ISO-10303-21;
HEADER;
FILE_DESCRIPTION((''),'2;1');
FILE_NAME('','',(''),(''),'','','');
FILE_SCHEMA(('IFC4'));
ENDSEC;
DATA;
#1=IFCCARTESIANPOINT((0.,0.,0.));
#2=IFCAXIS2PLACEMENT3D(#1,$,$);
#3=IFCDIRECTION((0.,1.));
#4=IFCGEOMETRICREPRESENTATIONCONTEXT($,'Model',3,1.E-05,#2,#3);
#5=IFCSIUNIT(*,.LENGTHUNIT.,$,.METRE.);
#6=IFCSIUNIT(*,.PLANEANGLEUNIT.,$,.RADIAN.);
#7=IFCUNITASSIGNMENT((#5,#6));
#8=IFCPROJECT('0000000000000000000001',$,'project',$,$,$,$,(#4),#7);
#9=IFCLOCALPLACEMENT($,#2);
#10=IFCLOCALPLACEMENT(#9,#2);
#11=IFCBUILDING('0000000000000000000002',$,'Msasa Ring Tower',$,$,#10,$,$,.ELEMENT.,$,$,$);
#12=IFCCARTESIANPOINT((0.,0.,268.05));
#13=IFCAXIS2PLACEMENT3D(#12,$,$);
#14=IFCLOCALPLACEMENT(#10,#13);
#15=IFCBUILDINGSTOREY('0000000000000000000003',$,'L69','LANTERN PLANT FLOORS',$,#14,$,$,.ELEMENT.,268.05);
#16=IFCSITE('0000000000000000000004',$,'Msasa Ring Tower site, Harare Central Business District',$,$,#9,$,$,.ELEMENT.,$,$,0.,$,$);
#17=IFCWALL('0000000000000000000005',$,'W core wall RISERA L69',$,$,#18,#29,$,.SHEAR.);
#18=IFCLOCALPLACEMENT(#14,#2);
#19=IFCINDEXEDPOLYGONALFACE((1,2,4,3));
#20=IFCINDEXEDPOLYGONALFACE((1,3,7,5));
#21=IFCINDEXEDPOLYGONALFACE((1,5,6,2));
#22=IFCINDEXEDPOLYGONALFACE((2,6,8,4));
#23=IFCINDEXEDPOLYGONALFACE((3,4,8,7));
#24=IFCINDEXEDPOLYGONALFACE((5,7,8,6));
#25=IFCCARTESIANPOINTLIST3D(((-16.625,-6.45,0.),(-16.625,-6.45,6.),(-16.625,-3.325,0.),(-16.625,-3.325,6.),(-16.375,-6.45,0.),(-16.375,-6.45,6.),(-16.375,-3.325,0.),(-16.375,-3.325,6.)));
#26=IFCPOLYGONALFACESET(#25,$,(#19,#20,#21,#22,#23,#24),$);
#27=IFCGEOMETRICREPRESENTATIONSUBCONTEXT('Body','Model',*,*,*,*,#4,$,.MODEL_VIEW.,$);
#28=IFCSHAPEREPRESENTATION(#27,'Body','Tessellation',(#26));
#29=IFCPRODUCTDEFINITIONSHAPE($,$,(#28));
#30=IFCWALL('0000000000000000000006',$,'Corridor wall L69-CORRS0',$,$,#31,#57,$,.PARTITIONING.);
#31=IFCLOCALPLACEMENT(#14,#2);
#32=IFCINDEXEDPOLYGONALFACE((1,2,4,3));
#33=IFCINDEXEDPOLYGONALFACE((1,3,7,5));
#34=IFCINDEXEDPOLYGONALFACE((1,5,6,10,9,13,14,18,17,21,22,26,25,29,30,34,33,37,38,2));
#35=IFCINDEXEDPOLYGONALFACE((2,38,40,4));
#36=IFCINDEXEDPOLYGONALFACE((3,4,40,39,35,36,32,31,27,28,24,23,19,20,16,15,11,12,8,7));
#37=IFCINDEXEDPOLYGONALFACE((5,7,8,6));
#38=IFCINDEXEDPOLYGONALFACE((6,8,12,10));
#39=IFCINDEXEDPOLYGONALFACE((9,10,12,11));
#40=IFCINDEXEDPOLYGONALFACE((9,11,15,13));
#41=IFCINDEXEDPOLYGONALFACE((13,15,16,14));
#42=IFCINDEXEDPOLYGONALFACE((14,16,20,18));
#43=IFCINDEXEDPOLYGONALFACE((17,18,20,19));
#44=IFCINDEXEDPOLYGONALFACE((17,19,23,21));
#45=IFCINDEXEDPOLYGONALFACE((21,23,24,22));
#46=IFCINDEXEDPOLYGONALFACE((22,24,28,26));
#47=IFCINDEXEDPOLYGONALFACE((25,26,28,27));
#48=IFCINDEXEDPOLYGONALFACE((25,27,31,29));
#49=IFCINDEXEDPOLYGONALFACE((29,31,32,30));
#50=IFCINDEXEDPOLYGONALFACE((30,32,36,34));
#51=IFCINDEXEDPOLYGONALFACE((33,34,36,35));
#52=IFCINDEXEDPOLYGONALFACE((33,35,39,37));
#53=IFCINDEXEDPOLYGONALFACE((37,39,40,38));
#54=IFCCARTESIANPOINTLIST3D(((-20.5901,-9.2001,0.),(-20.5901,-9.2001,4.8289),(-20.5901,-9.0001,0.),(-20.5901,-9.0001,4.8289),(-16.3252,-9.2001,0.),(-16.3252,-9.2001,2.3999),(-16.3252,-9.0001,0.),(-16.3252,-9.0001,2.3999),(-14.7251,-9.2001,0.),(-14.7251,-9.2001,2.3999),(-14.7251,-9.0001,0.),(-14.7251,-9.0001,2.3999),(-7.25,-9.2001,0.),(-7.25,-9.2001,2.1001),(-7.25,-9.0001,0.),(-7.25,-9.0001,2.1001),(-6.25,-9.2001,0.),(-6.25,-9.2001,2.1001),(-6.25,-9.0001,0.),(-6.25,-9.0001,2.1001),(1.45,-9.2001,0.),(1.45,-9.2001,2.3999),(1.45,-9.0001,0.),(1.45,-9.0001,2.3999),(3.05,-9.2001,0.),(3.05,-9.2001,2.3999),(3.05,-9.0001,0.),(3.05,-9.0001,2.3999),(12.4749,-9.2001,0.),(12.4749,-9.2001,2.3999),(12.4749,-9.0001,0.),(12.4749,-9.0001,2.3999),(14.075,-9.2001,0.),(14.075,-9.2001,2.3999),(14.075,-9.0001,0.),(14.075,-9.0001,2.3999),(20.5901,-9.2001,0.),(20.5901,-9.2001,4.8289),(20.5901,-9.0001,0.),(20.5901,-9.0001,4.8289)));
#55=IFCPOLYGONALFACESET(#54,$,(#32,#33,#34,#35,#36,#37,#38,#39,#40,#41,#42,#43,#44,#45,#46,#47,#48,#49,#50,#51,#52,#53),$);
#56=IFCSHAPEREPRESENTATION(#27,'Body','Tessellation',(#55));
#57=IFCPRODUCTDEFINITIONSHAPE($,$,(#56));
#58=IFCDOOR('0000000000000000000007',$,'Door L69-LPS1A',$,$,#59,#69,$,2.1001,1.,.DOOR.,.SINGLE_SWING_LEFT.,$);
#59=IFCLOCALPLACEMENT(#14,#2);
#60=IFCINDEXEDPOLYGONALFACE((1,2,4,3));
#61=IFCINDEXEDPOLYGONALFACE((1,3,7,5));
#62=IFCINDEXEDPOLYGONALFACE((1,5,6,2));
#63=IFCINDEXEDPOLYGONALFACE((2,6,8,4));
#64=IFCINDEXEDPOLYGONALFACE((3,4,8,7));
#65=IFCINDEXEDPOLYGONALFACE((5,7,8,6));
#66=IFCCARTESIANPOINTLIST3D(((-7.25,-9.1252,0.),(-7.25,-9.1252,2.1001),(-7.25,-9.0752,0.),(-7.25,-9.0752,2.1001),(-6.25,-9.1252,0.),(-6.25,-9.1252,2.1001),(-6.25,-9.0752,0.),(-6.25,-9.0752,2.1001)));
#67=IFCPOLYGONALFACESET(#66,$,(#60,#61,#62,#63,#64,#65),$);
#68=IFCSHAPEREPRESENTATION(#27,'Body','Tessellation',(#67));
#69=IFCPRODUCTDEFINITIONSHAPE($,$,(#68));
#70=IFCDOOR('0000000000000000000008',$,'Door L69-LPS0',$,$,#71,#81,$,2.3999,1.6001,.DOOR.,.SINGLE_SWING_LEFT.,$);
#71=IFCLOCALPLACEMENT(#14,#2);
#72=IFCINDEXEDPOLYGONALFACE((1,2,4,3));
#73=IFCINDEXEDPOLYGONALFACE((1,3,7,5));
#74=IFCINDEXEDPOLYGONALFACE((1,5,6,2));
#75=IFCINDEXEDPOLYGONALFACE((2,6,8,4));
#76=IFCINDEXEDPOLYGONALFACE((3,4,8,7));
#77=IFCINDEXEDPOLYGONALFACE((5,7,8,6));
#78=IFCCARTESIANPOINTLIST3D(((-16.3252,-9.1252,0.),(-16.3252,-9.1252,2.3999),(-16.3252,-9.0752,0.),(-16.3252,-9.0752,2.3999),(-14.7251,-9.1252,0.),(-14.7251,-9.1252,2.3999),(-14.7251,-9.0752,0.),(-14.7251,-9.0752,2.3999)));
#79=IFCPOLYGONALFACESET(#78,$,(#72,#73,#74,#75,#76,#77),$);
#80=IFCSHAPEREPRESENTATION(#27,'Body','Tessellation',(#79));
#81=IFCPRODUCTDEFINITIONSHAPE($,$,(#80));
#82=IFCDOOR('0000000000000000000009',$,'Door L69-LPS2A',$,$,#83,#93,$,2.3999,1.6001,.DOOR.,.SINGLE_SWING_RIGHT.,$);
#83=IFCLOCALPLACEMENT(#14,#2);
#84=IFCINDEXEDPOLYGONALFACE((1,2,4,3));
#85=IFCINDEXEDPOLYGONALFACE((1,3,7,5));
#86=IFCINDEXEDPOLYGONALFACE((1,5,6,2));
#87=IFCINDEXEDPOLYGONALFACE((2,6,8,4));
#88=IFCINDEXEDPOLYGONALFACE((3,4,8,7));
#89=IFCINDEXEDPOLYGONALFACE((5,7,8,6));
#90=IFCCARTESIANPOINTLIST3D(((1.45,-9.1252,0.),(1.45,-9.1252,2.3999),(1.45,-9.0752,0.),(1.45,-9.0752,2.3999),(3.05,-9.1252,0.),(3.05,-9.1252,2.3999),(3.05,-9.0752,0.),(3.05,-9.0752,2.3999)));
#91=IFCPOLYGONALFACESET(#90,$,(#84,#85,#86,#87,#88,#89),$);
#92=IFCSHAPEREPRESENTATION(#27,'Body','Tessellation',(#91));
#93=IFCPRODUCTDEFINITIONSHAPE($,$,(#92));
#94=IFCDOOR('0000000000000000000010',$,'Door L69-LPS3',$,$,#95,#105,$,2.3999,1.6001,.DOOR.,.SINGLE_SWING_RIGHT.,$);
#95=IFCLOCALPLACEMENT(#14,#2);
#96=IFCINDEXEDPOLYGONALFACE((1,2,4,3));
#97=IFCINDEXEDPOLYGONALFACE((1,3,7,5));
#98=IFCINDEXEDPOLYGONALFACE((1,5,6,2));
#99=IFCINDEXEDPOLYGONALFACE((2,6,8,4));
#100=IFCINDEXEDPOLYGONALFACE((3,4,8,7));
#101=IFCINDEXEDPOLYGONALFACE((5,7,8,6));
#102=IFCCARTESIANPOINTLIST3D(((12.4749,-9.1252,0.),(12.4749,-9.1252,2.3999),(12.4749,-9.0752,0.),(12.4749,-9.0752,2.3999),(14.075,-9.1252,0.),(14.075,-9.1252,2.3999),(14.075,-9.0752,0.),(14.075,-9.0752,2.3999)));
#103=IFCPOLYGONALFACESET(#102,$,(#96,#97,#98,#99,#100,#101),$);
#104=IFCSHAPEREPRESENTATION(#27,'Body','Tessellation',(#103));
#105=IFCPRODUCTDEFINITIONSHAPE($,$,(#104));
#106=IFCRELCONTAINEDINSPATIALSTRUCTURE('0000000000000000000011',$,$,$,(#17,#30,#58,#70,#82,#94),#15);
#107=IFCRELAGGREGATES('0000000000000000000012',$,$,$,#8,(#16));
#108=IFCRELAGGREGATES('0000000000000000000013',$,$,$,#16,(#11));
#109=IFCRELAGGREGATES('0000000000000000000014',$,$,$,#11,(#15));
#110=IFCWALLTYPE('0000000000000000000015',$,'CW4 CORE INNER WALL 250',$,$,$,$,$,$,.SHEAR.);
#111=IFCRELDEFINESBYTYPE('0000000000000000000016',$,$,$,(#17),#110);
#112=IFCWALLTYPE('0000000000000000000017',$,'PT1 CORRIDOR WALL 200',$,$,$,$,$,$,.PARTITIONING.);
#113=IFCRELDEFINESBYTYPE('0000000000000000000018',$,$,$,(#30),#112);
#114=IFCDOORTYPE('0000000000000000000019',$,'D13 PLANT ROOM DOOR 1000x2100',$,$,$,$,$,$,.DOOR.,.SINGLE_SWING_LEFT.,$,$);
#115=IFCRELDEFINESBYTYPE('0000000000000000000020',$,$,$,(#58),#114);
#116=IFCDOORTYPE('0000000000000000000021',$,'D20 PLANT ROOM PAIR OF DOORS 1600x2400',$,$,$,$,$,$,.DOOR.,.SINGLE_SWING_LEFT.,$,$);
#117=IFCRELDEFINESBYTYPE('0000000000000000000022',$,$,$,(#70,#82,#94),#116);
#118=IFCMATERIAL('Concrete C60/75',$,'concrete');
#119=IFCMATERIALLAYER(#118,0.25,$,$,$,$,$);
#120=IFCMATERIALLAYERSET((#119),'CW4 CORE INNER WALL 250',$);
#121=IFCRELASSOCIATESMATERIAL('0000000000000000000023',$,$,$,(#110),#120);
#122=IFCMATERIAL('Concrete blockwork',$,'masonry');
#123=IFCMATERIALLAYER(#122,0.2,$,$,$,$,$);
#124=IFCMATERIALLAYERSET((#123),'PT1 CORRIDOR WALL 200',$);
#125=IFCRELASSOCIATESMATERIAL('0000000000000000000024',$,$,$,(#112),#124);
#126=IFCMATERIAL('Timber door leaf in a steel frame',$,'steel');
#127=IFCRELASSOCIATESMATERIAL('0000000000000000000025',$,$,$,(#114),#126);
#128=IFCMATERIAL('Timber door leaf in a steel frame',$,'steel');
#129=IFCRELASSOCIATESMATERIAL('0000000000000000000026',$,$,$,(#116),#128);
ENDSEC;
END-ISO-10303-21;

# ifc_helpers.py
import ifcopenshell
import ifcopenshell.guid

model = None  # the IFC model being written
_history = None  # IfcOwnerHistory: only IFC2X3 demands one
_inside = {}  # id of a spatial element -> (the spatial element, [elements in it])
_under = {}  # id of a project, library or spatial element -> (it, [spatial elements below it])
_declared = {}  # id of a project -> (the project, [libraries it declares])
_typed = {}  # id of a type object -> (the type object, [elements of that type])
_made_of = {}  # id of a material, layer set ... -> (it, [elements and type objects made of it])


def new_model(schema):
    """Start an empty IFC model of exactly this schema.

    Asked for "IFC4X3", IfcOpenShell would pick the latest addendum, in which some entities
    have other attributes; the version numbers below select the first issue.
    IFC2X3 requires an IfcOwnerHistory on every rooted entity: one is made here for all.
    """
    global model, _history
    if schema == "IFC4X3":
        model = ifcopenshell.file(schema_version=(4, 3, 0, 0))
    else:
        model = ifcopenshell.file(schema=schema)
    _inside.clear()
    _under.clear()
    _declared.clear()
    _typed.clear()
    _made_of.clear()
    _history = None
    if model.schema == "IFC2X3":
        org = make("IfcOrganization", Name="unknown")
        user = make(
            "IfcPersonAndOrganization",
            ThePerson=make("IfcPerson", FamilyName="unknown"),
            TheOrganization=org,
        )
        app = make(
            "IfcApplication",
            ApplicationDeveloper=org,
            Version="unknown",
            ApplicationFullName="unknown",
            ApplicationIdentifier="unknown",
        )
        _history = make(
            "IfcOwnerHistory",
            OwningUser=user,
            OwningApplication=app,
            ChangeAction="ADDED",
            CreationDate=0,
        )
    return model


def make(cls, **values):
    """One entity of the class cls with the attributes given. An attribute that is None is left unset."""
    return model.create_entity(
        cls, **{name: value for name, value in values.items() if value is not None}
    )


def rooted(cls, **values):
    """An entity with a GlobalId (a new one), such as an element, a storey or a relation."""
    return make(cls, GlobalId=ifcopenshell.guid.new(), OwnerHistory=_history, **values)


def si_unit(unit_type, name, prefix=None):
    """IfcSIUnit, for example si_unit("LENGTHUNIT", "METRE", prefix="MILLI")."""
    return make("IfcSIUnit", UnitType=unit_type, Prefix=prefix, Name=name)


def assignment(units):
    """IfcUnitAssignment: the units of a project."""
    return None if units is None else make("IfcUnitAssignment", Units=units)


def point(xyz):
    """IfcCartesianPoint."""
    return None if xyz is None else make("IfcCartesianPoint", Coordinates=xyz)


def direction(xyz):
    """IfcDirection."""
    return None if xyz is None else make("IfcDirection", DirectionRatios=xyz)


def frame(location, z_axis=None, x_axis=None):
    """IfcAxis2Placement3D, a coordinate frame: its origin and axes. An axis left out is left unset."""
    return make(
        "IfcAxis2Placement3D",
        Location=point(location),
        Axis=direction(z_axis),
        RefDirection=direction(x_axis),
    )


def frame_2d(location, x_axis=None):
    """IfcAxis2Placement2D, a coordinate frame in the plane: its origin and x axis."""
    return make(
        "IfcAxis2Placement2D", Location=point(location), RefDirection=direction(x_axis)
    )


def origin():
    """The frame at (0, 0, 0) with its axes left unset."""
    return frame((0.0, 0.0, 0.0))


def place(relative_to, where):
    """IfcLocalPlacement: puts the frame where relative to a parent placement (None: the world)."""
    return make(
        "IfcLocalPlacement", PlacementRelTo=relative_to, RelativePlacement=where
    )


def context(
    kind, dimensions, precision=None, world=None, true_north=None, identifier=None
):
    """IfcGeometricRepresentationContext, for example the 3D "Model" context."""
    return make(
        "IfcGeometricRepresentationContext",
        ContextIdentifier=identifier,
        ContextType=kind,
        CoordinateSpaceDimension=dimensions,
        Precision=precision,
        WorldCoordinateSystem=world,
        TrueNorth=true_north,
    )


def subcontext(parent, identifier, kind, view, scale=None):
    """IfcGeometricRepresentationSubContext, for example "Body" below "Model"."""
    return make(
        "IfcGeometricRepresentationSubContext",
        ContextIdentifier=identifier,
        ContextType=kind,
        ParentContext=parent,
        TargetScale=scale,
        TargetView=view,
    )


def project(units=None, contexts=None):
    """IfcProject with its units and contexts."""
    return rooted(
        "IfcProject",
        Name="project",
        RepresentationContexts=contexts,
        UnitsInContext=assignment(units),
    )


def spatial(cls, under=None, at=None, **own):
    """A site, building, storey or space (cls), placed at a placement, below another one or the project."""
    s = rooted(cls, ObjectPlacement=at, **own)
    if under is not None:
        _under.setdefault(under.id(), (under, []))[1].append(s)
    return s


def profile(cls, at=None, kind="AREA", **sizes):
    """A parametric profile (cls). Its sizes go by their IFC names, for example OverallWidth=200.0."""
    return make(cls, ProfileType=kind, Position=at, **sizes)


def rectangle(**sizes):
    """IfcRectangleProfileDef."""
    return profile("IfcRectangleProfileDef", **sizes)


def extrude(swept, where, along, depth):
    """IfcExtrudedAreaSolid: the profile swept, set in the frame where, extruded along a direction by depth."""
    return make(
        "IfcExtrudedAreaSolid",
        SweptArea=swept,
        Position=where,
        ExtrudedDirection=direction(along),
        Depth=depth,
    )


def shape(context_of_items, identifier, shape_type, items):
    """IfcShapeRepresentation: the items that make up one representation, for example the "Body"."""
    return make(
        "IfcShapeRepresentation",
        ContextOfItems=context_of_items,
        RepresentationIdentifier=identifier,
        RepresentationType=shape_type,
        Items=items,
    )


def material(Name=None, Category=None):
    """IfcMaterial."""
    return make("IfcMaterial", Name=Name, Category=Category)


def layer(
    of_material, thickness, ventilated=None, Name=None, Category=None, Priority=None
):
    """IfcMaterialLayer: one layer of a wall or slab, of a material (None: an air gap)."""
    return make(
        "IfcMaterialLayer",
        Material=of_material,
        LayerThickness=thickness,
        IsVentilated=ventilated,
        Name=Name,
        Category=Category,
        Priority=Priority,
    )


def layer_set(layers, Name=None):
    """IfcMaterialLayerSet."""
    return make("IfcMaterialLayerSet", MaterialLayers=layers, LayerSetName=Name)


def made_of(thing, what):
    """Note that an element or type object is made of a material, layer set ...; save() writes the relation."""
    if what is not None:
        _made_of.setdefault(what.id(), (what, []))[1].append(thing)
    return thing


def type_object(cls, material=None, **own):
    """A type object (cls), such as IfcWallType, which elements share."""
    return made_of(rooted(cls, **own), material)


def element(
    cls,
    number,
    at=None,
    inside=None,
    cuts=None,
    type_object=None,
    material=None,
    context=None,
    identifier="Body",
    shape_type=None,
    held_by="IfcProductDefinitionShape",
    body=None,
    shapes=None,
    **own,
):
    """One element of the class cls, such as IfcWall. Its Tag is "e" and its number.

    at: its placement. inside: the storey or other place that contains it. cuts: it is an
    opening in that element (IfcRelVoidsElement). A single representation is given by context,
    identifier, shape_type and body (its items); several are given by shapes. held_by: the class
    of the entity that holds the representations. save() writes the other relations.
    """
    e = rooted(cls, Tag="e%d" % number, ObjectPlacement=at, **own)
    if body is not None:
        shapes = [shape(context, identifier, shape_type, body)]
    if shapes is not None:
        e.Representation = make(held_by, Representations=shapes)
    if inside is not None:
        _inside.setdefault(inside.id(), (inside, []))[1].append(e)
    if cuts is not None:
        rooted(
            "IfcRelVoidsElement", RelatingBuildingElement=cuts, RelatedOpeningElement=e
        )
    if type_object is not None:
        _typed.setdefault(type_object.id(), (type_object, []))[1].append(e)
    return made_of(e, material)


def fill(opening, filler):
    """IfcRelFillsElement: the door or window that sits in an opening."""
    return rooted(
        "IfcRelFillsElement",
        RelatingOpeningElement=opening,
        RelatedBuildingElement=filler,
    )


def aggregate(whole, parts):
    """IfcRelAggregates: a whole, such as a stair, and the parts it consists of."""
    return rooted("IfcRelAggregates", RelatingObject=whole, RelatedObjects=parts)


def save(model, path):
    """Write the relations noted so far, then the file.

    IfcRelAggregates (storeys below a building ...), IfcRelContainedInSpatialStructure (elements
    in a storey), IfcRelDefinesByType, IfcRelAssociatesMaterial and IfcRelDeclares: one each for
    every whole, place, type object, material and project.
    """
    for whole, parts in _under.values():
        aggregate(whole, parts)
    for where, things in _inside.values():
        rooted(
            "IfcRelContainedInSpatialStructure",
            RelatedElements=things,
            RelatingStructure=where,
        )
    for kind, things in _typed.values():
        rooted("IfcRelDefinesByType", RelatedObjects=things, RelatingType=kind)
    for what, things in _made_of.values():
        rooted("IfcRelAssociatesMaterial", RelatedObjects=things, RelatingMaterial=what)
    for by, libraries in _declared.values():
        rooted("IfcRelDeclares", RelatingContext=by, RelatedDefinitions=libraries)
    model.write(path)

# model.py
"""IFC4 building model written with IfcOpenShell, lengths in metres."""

from ifc_helpers import new_model, si_unit, direction, frame, frame_2d, origin, place, context, subcontext, project, spatial, rectangle, extrude, material, layer, layer_set, type_object, element, fill, save


model = new_model("IFC4")

# Units and contexts
model_context = context("Model", 3, precision=1e-05, world=origin(), true_north=direction((0.0, 1.0)))
body_context = subcontext(model_context, "Body", "Model", "MODEL_VIEW")
ifc_project = project(units=[si_unit("LENGTHUNIT", "METRE"), si_unit("PLANEANGLEUNIT", "RADIAN")], contexts=[model_context])

# Site, building, storey
site_placement = place(None, origin())
site = spatial("IfcSite", under=ifc_project, at=site_placement, Name="Msasa Ring Tower site, Harare Central Business District", CompositionType="ELEMENT", RefElevation=0.0)
building_placement = place(site_placement, origin())
building = spatial("IfcBuilding", under=site, at=building_placement, Name="Msasa Ring Tower", CompositionType="ELEMENT")
storey_placement = place(building_placement, frame((0.0, 0.0, 268.05)))
storey = spatial("IfcBuildingStorey", under=building, at=storey_placement, Name="L69", Description="LANTERN PLANT FLOORS", CompositionType="ELEMENT", Elevation=268.05)

# Wall
ifc_material_1 = material(Name="Concrete C60/75", Category="concrete")
ifc_layer_1 = layer(ifc_material_1, 0.25)
ifc_layer_set_1 = layer_set([ifc_layer_1], Name="CW4 CORE INNER WALL 250")
wall_type_1 = type_object("IfcWallType", Name="CW4 CORE INNER WALL 250", PredefinedType="SHEAR", material=ifc_layer_set_1)
wall_1_placement = place(storey_placement, frame((-16.5, -6.45, 0.0), z_axis=(0.0, 0.0, 1.0), x_axis=(0.0, 1.0, 0.0)))
element("IfcWall", 1, at=wall_1_placement, inside=storey, type_object=wall_type_1, Name="W core wall RISERA L69", PredefinedType="SHEAR", context=body_context, shape_type="SweptSolid", body=[
    extrude(rectangle(XDim=3.125, YDim=0.25, at=frame_2d((1.5625, 0.0))), origin(), (0.0, 0.0, 1.0), 6.0),
])

# Wall, openings, doors
ifc_material_2 = material(Name="Concrete blockwork", Category="masonry")
ifc_layer_2 = layer(ifc_material_2, 0.2)
ifc_layer_set_2 = layer_set([ifc_layer_2], Name="PT1 CORRIDOR WALL 200")
wall_type_2 = type_object("IfcWallType", Name="PT1 CORRIDOR WALL 200", PredefinedType="PARTITIONING", material=ifc_layer_set_2)
wall_2_placement = place(storey_placement, frame((-20.5901, -9.1001, 0.0), z_axis=(0.0, 0.0, 1.0), x_axis=(1.0, 0.0, 0.0)))
wall_2 = element("IfcWall", 2, at=wall_2_placement, inside=storey, type_object=wall_type_2, Name="Corridor wall L69-CORRS0", PredefinedType="PARTITIONING", context=body_context, shape_type="SweptSolid", body=[
    extrude(rectangle(XDim=41.1802, YDim=0.2, at=frame_2d((20.5901, 0.0))), origin(), (0.0, 0.0, 1.0), 4.8289),
])
opening_1_placement = place(wall_2_placement, frame((4.2649, 0.0, 0.0)))
opening_1 = element("IfcOpeningElement", 3, at=opening_1_placement, cuts=wall_2, PredefinedType="OPENING", context=body_context, shape_type="SweptSolid", body=[
    extrude(rectangle(XDim=1.6001, YDim=2.3999, at=frame_2d((0.8, 1.2))), frame((0.0, 0.1099, 0.0), z_axis=(0.0, -1.0, 0.0), x_axis=(1.0, 0.0, 0.0)), (0.0, 0.0, 1.0), 0.22),
])
opening_2_placement = place(wall_2_placement, frame((13.3401, 0.0, 0.0)))
opening_2 = element("IfcOpeningElement", 4, at=opening_2_placement, cuts=wall_2, PredefinedType="OPENING", context=body_context, shape_type="SweptSolid", body=[
    extrude(rectangle(XDim=1.0, YDim=2.1001, at=frame_2d((0.5, 1.05))), frame((0.0, 0.1099, 0.0), z_axis=(0.0, -1.0, 0.0), x_axis=(1.0, 0.0, 0.0)), (0.0, 0.0, 1.0), 0.22),
])
opening_3_placement = place(wall_2_placement, frame((22.04, 0.0, 0.0)))
opening_3 = element("IfcOpeningElement", 5, at=opening_3_placement, cuts=wall_2, PredefinedType="OPENING", context=body_context, shape_type="SweptSolid", body=[
    extrude(rectangle(XDim=1.6001, YDim=2.3999, at=frame_2d((0.8, 1.2))), frame((0.0, 0.1099, 0.0), z_axis=(0.0, -1.0, 0.0), x_axis=(1.0, 0.0, 0.0)), (0.0, 0.0, 1.0), 0.22),
])
opening_4_placement = place(wall_2_placement, frame((33.0649, 0.0, 0.0)))
opening_4 = element("IfcOpeningElement", 6, at=opening_4_placement, cuts=wall_2, PredefinedType="OPENING", context=body_context, shape_type="SweptSolid", body=[
    extrude(rectangle(XDim=1.6001, YDim=2.3999, at=frame_2d((0.8, 1.2))), frame((0.0, 0.1099, 0.0), z_axis=(0.0, -1.0, 0.0), x_axis=(1.0, 0.0, 0.0)), (0.0, 0.0, 1.0), 0.22),
])
ifc_material_3 = material(Name="Timber door leaf in a steel frame", Category="steel")
door_type_1 = type_object("IfcDoorType", Name="D13 PLANT ROOM DOOR 1000x2100", OperationType="SINGLE_SWING_LEFT", PredefinedType="DOOR", material=ifc_material_3)
door_1_placement = place(opening_2_placement, origin())
door_1 = element("IfcDoor", 7, at=door_1_placement, inside=storey, type_object=door_type_1, Name="Door L69-LPS1A", OperationType="SINGLE_SWING_LEFT", OverallHeight=2.1001, OverallWidth=1.0, PredefinedType="DOOR", context=body_context, shape_type="SweptSolid", body=[
    extrude(rectangle(XDim=1.0, YDim=2.1001, at=frame_2d((0.5, 1.05))), frame((0.0, 0.0249, 0.0), z_axis=(0.0, -1.0, 0.0), x_axis=(1.0, 0.0, 0.0)), (0.0, 0.0, 1.0), 0.05),
])
fill(opening_2, door_1)
ifc_material_4 = material(Name="Timber door leaf in a steel frame", Category="steel")
door_type_2 = type_object("IfcDoorType", Name="D20 PLANT ROOM PAIR OF DOORS 1600x2400", OperationType="SINGLE_SWING_LEFT", PredefinedType="DOOR", material=ifc_material_4)
door_2_placement = place(opening_1_placement, origin())
door_2 = element("IfcDoor", 8, at=door_2_placement, inside=storey, type_object=door_type_2, Name="Door L69-LPS0", OperationType="SINGLE_SWING_LEFT", OverallHeight=2.3999, OverallWidth=1.6001, PredefinedType="DOOR", context=body_context, shape_type="SweptSolid", body=[
    extrude(rectangle(XDim=1.6001, YDim=2.3999, at=frame_2d((0.8, 1.2))), frame((0.0, 0.0249, 0.0), z_axis=(0.0, -1.0, 0.0), x_axis=(1.0, 0.0, 0.0)), (0.0, 0.0, 1.0), 0.05),
])
fill(opening_1, door_2)
door_3_placement = place(opening_3_placement, origin())
door_3 = element("IfcDoor", 9, at=door_3_placement, inside=storey, type_object=door_type_2, Name="Door L69-LPS2A", OperationType="SINGLE_SWING_RIGHT", OverallHeight=2.3999, OverallWidth=1.6001, PredefinedType="DOOR", context=body_context, shape_type="SweptSolid", body=[
    extrude(rectangle(XDim=1.6001, YDim=2.3999, at=frame_2d((0.8, 1.2))), frame((0.0, 0.0249, 0.0), z_axis=(0.0, -1.0, 0.0), x_axis=(1.0, 0.0, 0.0)), (0.0, 0.0, 1.0), 0.05),
])
fill(opening_3, door_3)
door_4_placement = place(opening_4_placement, origin())
door_4 = element("IfcDoor", 10, at=door_4_placement, inside=storey, type_object=door_type_2, Name="Door L69-LPS3", OperationType="SINGLE_SWING_RIGHT", OverallHeight=2.3999, OverallWidth=1.6001, PredefinedType="DOOR", context=body_context, shape_type="SweptSolid", body=[
    extrude(rectangle(XDim=1.6001, YDim=2.3999, at=frame_2d((0.8, 1.2))), frame((0.0, 0.0249, 0.0), z_axis=(0.0, -1.0, 0.0), x_axis=(1.0, 0.0, 0.0)), (0.0, 0.0, 1.0), 0.05),
])
fill(opening_4, door_4)

save(model, "model.ifc")
